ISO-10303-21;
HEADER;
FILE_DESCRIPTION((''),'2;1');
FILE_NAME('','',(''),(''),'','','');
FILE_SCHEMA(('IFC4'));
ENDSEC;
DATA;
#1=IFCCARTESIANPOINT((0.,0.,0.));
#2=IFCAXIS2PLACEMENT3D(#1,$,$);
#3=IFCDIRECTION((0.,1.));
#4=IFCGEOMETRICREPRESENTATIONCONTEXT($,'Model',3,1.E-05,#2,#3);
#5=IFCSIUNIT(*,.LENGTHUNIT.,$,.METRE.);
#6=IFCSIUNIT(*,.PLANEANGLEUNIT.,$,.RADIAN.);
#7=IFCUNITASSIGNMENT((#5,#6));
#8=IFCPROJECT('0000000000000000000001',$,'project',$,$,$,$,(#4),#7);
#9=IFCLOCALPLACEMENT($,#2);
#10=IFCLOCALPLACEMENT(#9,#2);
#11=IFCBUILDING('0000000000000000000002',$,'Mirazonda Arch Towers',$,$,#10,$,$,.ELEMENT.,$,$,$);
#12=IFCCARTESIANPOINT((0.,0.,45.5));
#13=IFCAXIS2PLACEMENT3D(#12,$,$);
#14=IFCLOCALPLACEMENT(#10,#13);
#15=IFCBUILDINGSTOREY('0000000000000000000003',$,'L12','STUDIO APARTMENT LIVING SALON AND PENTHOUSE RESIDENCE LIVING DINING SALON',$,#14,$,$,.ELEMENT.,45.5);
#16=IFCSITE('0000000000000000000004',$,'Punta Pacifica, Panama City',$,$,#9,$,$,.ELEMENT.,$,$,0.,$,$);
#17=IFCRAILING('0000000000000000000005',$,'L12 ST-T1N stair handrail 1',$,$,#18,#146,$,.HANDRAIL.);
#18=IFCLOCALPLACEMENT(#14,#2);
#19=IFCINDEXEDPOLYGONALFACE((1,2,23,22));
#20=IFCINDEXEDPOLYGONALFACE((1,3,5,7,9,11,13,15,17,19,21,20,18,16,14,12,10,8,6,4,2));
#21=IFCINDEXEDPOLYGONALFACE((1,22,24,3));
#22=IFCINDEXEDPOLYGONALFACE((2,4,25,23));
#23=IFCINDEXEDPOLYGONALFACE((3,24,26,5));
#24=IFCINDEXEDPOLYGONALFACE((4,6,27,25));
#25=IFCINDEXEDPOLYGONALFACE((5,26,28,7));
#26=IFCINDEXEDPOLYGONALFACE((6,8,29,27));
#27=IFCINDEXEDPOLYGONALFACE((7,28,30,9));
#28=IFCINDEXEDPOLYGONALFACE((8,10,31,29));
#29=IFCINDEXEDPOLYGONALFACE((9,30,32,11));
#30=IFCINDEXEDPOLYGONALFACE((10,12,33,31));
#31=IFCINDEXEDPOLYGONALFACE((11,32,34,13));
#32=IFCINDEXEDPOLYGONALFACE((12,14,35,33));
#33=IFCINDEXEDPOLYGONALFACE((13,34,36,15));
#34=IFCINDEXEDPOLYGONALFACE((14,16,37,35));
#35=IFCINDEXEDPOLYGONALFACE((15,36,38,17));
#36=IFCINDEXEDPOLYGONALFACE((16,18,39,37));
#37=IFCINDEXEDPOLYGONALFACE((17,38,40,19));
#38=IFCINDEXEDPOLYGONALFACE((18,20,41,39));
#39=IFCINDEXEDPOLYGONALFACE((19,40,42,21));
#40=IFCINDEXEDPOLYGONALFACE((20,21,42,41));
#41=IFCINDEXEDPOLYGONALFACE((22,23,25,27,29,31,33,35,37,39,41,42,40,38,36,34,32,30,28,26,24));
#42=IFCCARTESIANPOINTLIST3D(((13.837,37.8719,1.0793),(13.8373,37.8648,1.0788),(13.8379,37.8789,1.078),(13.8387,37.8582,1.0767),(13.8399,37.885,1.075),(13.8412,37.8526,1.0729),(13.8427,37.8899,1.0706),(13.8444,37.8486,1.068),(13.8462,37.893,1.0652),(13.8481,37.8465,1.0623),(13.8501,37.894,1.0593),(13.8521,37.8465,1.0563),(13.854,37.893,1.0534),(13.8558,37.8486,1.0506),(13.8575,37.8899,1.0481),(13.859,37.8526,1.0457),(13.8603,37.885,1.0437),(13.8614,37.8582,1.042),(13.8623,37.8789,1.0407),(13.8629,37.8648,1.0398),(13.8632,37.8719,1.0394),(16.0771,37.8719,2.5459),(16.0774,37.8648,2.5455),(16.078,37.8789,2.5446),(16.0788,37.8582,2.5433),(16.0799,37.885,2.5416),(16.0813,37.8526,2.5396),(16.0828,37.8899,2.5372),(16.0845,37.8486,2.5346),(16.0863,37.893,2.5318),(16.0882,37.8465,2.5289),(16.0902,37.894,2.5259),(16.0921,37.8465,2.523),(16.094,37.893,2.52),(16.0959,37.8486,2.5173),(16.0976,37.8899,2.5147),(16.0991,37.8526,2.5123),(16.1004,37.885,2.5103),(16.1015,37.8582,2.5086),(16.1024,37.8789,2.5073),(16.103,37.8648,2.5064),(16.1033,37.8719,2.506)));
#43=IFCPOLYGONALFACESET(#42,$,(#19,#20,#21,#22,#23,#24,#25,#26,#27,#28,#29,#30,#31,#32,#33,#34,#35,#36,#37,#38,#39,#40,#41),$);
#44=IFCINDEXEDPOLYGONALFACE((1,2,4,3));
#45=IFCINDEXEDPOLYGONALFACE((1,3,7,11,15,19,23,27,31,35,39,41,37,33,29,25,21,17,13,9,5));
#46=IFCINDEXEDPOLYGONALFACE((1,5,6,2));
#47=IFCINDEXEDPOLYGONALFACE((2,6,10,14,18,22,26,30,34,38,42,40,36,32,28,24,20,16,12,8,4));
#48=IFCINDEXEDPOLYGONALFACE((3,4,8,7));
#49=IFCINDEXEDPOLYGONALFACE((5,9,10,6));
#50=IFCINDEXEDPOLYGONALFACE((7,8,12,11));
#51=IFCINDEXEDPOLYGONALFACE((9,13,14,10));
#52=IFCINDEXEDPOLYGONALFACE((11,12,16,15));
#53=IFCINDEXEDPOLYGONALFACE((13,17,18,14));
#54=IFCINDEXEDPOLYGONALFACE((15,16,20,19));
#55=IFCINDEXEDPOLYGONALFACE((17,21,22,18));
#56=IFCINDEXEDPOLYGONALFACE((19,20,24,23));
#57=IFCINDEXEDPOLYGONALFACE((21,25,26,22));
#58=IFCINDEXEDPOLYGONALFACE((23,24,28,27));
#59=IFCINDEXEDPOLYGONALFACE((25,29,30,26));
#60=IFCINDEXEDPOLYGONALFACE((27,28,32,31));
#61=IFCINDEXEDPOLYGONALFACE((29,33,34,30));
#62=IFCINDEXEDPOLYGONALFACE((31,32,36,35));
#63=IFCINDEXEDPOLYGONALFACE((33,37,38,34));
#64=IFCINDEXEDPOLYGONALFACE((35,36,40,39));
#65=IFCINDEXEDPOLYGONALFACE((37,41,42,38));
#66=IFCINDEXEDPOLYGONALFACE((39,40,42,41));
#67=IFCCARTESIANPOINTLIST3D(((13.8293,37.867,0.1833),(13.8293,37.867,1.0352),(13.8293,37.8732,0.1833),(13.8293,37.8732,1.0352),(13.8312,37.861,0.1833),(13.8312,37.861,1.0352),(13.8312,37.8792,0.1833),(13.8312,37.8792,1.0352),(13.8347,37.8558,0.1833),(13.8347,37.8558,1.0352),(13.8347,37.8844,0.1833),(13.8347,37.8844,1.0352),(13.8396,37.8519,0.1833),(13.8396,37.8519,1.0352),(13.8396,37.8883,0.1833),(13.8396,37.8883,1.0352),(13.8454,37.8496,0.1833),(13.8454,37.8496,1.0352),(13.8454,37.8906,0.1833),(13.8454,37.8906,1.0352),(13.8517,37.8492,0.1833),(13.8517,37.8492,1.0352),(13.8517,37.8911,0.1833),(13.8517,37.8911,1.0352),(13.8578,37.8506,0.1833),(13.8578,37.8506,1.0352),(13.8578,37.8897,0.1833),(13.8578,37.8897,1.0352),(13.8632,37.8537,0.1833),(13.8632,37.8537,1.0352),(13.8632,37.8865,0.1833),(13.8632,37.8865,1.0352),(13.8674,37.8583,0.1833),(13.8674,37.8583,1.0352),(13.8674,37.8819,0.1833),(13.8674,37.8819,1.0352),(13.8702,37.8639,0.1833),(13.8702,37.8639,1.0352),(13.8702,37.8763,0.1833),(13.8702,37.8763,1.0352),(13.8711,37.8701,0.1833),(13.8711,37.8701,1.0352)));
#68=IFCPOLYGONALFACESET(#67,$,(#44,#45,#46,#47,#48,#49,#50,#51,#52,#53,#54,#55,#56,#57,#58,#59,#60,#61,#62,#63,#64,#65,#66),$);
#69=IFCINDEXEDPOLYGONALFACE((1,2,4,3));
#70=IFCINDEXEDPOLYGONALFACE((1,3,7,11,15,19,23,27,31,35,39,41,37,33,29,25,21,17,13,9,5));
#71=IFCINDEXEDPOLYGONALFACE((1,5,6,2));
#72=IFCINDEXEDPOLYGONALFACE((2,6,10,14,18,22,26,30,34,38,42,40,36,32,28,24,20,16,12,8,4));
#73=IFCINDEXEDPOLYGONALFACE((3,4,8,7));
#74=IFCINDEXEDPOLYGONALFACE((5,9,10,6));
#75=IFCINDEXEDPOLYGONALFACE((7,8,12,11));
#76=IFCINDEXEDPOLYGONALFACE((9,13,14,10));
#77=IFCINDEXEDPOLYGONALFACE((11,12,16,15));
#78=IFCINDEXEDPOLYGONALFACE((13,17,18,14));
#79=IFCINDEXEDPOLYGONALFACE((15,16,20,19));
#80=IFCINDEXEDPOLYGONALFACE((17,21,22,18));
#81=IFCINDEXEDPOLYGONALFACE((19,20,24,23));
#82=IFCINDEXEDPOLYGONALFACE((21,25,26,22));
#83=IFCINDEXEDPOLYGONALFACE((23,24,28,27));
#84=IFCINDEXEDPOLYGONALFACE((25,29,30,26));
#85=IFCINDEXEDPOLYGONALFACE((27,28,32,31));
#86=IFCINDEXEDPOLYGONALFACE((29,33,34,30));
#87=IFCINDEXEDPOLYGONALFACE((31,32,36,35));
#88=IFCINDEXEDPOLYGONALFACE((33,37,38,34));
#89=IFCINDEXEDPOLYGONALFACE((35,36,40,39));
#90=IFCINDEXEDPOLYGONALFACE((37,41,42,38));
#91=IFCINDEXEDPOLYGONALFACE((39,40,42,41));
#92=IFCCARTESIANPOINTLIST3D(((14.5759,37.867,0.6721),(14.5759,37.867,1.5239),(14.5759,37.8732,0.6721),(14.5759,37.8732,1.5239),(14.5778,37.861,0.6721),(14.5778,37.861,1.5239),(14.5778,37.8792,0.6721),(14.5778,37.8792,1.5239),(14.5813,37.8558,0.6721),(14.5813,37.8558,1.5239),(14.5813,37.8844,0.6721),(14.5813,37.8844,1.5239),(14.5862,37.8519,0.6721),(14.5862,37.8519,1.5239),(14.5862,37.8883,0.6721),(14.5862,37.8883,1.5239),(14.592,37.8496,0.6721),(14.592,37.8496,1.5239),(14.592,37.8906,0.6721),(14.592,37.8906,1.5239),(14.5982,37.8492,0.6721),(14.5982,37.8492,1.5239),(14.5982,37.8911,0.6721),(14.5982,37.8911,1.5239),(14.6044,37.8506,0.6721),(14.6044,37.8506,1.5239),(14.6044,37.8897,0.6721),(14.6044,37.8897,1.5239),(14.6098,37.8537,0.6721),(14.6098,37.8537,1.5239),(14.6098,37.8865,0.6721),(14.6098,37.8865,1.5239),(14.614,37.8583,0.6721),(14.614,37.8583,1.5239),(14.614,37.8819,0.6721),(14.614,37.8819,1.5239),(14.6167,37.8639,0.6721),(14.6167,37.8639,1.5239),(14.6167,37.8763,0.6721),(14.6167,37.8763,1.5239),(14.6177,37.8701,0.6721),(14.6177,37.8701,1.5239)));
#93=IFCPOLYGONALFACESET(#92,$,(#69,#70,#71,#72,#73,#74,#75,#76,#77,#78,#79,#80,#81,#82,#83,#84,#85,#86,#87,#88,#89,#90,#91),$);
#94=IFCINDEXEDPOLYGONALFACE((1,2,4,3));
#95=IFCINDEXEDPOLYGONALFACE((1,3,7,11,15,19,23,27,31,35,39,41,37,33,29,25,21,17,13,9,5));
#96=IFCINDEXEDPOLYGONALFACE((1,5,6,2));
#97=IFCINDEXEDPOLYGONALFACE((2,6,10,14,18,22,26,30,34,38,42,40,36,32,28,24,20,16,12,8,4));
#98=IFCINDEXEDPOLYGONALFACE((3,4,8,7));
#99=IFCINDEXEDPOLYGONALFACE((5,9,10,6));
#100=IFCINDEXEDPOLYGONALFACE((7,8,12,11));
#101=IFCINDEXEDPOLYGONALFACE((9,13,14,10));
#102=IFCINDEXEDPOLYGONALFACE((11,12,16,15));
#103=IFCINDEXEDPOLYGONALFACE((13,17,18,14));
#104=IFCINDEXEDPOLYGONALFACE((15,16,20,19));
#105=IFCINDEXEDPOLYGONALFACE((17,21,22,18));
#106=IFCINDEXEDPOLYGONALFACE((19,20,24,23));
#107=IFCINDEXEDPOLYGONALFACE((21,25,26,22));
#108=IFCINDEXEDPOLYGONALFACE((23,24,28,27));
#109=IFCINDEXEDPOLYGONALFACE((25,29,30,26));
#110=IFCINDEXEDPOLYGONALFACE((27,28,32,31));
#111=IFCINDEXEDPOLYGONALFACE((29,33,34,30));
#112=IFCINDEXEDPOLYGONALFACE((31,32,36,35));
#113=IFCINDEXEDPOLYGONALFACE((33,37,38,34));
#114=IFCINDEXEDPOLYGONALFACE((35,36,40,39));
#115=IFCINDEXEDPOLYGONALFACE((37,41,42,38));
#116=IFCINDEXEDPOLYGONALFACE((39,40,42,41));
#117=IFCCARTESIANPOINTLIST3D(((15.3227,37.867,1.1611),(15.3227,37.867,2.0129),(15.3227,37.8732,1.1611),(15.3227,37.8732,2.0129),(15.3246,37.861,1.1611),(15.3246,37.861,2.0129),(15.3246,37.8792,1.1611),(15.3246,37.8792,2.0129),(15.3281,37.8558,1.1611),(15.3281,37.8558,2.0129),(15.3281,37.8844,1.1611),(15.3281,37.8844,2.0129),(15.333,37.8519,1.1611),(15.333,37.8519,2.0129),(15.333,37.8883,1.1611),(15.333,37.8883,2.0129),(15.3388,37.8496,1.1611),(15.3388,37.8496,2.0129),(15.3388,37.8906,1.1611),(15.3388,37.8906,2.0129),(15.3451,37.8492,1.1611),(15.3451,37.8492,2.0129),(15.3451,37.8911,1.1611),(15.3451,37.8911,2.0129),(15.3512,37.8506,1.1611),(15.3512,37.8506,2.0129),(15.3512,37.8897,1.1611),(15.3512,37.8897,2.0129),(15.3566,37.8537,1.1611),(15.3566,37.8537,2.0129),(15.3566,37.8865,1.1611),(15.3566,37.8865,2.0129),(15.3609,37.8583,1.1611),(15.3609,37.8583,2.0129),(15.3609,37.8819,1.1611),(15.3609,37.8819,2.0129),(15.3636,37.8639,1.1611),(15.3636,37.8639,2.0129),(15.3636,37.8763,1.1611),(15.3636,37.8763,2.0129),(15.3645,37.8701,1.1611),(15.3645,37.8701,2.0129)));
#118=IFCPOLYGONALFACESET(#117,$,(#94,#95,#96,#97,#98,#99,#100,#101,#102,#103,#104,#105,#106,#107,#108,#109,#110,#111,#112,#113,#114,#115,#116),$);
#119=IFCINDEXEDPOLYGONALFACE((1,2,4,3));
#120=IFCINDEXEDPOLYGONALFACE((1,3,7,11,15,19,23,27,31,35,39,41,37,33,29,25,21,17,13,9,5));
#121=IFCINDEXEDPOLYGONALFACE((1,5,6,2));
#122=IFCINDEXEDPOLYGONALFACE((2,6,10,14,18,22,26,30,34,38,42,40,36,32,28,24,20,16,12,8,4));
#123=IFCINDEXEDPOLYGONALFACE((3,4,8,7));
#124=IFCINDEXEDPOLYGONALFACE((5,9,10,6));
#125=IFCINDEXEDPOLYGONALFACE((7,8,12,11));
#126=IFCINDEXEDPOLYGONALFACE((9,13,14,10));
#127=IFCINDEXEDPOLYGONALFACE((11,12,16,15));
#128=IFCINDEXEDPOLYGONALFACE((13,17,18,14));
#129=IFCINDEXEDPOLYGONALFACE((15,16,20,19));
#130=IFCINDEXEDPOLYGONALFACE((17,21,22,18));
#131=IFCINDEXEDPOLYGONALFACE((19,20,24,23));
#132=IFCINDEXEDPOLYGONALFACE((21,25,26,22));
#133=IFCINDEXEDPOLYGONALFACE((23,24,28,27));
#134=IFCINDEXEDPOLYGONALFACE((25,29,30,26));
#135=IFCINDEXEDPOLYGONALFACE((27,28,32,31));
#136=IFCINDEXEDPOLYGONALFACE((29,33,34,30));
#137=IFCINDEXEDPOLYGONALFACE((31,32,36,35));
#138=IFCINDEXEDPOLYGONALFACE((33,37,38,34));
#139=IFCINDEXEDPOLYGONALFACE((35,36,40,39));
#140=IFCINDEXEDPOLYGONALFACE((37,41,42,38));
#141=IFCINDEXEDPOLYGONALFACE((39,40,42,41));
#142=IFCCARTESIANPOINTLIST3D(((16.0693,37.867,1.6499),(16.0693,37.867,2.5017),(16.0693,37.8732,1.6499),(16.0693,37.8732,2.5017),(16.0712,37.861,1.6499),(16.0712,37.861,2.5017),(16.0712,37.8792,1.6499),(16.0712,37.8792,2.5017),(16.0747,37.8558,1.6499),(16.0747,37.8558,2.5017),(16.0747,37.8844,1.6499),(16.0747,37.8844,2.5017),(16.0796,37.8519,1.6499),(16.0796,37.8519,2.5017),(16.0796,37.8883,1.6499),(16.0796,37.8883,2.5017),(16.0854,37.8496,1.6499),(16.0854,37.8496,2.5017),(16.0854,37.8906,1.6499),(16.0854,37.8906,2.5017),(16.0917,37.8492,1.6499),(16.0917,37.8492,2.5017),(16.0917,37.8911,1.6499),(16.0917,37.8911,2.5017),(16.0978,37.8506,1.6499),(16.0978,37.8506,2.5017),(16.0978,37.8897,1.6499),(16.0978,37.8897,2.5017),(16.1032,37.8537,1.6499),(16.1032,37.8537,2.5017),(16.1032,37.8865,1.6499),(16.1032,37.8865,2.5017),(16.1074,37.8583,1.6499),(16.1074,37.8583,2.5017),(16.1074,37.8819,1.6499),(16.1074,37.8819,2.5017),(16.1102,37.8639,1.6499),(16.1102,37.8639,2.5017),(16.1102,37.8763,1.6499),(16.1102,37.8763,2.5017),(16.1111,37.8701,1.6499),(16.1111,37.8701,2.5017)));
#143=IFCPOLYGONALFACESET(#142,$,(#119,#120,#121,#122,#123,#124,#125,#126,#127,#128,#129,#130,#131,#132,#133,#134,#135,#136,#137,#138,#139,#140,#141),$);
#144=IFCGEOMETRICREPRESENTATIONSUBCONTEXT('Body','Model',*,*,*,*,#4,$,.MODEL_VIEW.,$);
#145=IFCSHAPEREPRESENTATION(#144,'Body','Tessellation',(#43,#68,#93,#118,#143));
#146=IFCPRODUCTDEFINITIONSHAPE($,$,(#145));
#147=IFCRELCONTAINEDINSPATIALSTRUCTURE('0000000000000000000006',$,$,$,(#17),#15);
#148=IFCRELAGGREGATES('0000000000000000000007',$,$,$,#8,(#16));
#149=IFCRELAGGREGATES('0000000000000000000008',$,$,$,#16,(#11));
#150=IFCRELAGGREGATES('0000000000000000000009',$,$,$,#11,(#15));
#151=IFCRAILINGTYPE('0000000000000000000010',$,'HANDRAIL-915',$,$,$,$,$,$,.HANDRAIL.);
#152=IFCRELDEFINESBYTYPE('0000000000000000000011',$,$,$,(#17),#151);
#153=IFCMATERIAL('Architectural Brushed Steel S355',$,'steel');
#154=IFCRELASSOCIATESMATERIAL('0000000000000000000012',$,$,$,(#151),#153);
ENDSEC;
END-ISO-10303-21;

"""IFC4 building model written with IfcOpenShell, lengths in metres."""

from ifc_helpers import new_model, si_unit, direction, frame, origin, origin_2d, place, context, subcontext, project, spatial, circle, extrude, material, type_object, element, save


model = new_model("IFC4")

# Units and contexts
model_context = context("Model", 3, precision=1e-05, world=origin(), true_north=direction((0.0, 1.0)))
body_context = subcontext(model_context, "Body", "Model", "MODEL_VIEW")
ifc_project = project(units=[si_unit("LENGTHUNIT", "METRE"), si_unit("PLANEANGLEUNIT", "RADIAN")], contexts=[model_context])

# Site, building, storey
site_placement = place(None, origin())
site = spatial("IfcSite", under=ifc_project, at=site_placement, Name="Punta Pacifica, Panama City", CompositionType="ELEMENT", RefElevation=0.0)
building_placement = place(site_placement, origin())
building = spatial("IfcBuilding", under=site, at=building_placement, Name="Mirazonda Arch Towers", CompositionType="ELEMENT")
storey_placement = place(building_placement, frame((0.0, 0.0, 45.5)))
storey = spatial("IfcBuildingStorey", under=building, at=storey_placement, Name="L12", Description="STUDIO APARTMENT LIVING SALON AND PENTHOUSE RESIDENCE LIVING DINING SALON", CompositionType="ELEMENT", Elevation=45.5)

# Shared definitions
ifc_material_1 = material(Name="Architectural Brushed Steel S355", Category="steel")

# Railing
railing_type_1 = type_object("IfcRailingType", Name="HANDRAIL-915", PredefinedType="HANDRAIL", material=ifc_material_1)
railing_1_placement = place(storey_placement, frame((13.8501, 37.8701, 0.1833)))
element("IfcRailing", 1, at=railing_1_placement, inside=storey, type_object=railing_type_1, Name="L12 ST-T1N stair handrail 1", PredefinedType="HANDRAIL", context=body_context, shape_type="SweptSolid", body=[
    extrude(circle(Radius=0.0239, at=origin_2d()), frame((0.0, 0.0, 0.876), z_axis=(0.836637, 0.0, 0.547758), x_axis=(0.0, 1.0, 0.0)), (0.0, 0.0, 1.0), 2.6775),
    extrude(circle(Radius=0.021, at=origin_2d()), origin(), (0.0, 0.0, 1.0), 0.8518),
    extrude(circle(Radius=0.021, at=origin_2d()), frame((0.7466, 0.0, 0.4888)), (0.0, 0.0, 1.0), 0.8518),
    extrude(circle(Radius=0.021, at=origin_2d()), frame((1.4934, 0.0, 0.9778)), (0.0, 0.0, 1.0), 0.8518),
    extrude(circle(Radius=0.021, at=origin_2d()), frame((2.24, 0.0, 1.4666)), (0.0, 0.0, 1.0), 0.8518),
])

save(model, "model.ifc")
